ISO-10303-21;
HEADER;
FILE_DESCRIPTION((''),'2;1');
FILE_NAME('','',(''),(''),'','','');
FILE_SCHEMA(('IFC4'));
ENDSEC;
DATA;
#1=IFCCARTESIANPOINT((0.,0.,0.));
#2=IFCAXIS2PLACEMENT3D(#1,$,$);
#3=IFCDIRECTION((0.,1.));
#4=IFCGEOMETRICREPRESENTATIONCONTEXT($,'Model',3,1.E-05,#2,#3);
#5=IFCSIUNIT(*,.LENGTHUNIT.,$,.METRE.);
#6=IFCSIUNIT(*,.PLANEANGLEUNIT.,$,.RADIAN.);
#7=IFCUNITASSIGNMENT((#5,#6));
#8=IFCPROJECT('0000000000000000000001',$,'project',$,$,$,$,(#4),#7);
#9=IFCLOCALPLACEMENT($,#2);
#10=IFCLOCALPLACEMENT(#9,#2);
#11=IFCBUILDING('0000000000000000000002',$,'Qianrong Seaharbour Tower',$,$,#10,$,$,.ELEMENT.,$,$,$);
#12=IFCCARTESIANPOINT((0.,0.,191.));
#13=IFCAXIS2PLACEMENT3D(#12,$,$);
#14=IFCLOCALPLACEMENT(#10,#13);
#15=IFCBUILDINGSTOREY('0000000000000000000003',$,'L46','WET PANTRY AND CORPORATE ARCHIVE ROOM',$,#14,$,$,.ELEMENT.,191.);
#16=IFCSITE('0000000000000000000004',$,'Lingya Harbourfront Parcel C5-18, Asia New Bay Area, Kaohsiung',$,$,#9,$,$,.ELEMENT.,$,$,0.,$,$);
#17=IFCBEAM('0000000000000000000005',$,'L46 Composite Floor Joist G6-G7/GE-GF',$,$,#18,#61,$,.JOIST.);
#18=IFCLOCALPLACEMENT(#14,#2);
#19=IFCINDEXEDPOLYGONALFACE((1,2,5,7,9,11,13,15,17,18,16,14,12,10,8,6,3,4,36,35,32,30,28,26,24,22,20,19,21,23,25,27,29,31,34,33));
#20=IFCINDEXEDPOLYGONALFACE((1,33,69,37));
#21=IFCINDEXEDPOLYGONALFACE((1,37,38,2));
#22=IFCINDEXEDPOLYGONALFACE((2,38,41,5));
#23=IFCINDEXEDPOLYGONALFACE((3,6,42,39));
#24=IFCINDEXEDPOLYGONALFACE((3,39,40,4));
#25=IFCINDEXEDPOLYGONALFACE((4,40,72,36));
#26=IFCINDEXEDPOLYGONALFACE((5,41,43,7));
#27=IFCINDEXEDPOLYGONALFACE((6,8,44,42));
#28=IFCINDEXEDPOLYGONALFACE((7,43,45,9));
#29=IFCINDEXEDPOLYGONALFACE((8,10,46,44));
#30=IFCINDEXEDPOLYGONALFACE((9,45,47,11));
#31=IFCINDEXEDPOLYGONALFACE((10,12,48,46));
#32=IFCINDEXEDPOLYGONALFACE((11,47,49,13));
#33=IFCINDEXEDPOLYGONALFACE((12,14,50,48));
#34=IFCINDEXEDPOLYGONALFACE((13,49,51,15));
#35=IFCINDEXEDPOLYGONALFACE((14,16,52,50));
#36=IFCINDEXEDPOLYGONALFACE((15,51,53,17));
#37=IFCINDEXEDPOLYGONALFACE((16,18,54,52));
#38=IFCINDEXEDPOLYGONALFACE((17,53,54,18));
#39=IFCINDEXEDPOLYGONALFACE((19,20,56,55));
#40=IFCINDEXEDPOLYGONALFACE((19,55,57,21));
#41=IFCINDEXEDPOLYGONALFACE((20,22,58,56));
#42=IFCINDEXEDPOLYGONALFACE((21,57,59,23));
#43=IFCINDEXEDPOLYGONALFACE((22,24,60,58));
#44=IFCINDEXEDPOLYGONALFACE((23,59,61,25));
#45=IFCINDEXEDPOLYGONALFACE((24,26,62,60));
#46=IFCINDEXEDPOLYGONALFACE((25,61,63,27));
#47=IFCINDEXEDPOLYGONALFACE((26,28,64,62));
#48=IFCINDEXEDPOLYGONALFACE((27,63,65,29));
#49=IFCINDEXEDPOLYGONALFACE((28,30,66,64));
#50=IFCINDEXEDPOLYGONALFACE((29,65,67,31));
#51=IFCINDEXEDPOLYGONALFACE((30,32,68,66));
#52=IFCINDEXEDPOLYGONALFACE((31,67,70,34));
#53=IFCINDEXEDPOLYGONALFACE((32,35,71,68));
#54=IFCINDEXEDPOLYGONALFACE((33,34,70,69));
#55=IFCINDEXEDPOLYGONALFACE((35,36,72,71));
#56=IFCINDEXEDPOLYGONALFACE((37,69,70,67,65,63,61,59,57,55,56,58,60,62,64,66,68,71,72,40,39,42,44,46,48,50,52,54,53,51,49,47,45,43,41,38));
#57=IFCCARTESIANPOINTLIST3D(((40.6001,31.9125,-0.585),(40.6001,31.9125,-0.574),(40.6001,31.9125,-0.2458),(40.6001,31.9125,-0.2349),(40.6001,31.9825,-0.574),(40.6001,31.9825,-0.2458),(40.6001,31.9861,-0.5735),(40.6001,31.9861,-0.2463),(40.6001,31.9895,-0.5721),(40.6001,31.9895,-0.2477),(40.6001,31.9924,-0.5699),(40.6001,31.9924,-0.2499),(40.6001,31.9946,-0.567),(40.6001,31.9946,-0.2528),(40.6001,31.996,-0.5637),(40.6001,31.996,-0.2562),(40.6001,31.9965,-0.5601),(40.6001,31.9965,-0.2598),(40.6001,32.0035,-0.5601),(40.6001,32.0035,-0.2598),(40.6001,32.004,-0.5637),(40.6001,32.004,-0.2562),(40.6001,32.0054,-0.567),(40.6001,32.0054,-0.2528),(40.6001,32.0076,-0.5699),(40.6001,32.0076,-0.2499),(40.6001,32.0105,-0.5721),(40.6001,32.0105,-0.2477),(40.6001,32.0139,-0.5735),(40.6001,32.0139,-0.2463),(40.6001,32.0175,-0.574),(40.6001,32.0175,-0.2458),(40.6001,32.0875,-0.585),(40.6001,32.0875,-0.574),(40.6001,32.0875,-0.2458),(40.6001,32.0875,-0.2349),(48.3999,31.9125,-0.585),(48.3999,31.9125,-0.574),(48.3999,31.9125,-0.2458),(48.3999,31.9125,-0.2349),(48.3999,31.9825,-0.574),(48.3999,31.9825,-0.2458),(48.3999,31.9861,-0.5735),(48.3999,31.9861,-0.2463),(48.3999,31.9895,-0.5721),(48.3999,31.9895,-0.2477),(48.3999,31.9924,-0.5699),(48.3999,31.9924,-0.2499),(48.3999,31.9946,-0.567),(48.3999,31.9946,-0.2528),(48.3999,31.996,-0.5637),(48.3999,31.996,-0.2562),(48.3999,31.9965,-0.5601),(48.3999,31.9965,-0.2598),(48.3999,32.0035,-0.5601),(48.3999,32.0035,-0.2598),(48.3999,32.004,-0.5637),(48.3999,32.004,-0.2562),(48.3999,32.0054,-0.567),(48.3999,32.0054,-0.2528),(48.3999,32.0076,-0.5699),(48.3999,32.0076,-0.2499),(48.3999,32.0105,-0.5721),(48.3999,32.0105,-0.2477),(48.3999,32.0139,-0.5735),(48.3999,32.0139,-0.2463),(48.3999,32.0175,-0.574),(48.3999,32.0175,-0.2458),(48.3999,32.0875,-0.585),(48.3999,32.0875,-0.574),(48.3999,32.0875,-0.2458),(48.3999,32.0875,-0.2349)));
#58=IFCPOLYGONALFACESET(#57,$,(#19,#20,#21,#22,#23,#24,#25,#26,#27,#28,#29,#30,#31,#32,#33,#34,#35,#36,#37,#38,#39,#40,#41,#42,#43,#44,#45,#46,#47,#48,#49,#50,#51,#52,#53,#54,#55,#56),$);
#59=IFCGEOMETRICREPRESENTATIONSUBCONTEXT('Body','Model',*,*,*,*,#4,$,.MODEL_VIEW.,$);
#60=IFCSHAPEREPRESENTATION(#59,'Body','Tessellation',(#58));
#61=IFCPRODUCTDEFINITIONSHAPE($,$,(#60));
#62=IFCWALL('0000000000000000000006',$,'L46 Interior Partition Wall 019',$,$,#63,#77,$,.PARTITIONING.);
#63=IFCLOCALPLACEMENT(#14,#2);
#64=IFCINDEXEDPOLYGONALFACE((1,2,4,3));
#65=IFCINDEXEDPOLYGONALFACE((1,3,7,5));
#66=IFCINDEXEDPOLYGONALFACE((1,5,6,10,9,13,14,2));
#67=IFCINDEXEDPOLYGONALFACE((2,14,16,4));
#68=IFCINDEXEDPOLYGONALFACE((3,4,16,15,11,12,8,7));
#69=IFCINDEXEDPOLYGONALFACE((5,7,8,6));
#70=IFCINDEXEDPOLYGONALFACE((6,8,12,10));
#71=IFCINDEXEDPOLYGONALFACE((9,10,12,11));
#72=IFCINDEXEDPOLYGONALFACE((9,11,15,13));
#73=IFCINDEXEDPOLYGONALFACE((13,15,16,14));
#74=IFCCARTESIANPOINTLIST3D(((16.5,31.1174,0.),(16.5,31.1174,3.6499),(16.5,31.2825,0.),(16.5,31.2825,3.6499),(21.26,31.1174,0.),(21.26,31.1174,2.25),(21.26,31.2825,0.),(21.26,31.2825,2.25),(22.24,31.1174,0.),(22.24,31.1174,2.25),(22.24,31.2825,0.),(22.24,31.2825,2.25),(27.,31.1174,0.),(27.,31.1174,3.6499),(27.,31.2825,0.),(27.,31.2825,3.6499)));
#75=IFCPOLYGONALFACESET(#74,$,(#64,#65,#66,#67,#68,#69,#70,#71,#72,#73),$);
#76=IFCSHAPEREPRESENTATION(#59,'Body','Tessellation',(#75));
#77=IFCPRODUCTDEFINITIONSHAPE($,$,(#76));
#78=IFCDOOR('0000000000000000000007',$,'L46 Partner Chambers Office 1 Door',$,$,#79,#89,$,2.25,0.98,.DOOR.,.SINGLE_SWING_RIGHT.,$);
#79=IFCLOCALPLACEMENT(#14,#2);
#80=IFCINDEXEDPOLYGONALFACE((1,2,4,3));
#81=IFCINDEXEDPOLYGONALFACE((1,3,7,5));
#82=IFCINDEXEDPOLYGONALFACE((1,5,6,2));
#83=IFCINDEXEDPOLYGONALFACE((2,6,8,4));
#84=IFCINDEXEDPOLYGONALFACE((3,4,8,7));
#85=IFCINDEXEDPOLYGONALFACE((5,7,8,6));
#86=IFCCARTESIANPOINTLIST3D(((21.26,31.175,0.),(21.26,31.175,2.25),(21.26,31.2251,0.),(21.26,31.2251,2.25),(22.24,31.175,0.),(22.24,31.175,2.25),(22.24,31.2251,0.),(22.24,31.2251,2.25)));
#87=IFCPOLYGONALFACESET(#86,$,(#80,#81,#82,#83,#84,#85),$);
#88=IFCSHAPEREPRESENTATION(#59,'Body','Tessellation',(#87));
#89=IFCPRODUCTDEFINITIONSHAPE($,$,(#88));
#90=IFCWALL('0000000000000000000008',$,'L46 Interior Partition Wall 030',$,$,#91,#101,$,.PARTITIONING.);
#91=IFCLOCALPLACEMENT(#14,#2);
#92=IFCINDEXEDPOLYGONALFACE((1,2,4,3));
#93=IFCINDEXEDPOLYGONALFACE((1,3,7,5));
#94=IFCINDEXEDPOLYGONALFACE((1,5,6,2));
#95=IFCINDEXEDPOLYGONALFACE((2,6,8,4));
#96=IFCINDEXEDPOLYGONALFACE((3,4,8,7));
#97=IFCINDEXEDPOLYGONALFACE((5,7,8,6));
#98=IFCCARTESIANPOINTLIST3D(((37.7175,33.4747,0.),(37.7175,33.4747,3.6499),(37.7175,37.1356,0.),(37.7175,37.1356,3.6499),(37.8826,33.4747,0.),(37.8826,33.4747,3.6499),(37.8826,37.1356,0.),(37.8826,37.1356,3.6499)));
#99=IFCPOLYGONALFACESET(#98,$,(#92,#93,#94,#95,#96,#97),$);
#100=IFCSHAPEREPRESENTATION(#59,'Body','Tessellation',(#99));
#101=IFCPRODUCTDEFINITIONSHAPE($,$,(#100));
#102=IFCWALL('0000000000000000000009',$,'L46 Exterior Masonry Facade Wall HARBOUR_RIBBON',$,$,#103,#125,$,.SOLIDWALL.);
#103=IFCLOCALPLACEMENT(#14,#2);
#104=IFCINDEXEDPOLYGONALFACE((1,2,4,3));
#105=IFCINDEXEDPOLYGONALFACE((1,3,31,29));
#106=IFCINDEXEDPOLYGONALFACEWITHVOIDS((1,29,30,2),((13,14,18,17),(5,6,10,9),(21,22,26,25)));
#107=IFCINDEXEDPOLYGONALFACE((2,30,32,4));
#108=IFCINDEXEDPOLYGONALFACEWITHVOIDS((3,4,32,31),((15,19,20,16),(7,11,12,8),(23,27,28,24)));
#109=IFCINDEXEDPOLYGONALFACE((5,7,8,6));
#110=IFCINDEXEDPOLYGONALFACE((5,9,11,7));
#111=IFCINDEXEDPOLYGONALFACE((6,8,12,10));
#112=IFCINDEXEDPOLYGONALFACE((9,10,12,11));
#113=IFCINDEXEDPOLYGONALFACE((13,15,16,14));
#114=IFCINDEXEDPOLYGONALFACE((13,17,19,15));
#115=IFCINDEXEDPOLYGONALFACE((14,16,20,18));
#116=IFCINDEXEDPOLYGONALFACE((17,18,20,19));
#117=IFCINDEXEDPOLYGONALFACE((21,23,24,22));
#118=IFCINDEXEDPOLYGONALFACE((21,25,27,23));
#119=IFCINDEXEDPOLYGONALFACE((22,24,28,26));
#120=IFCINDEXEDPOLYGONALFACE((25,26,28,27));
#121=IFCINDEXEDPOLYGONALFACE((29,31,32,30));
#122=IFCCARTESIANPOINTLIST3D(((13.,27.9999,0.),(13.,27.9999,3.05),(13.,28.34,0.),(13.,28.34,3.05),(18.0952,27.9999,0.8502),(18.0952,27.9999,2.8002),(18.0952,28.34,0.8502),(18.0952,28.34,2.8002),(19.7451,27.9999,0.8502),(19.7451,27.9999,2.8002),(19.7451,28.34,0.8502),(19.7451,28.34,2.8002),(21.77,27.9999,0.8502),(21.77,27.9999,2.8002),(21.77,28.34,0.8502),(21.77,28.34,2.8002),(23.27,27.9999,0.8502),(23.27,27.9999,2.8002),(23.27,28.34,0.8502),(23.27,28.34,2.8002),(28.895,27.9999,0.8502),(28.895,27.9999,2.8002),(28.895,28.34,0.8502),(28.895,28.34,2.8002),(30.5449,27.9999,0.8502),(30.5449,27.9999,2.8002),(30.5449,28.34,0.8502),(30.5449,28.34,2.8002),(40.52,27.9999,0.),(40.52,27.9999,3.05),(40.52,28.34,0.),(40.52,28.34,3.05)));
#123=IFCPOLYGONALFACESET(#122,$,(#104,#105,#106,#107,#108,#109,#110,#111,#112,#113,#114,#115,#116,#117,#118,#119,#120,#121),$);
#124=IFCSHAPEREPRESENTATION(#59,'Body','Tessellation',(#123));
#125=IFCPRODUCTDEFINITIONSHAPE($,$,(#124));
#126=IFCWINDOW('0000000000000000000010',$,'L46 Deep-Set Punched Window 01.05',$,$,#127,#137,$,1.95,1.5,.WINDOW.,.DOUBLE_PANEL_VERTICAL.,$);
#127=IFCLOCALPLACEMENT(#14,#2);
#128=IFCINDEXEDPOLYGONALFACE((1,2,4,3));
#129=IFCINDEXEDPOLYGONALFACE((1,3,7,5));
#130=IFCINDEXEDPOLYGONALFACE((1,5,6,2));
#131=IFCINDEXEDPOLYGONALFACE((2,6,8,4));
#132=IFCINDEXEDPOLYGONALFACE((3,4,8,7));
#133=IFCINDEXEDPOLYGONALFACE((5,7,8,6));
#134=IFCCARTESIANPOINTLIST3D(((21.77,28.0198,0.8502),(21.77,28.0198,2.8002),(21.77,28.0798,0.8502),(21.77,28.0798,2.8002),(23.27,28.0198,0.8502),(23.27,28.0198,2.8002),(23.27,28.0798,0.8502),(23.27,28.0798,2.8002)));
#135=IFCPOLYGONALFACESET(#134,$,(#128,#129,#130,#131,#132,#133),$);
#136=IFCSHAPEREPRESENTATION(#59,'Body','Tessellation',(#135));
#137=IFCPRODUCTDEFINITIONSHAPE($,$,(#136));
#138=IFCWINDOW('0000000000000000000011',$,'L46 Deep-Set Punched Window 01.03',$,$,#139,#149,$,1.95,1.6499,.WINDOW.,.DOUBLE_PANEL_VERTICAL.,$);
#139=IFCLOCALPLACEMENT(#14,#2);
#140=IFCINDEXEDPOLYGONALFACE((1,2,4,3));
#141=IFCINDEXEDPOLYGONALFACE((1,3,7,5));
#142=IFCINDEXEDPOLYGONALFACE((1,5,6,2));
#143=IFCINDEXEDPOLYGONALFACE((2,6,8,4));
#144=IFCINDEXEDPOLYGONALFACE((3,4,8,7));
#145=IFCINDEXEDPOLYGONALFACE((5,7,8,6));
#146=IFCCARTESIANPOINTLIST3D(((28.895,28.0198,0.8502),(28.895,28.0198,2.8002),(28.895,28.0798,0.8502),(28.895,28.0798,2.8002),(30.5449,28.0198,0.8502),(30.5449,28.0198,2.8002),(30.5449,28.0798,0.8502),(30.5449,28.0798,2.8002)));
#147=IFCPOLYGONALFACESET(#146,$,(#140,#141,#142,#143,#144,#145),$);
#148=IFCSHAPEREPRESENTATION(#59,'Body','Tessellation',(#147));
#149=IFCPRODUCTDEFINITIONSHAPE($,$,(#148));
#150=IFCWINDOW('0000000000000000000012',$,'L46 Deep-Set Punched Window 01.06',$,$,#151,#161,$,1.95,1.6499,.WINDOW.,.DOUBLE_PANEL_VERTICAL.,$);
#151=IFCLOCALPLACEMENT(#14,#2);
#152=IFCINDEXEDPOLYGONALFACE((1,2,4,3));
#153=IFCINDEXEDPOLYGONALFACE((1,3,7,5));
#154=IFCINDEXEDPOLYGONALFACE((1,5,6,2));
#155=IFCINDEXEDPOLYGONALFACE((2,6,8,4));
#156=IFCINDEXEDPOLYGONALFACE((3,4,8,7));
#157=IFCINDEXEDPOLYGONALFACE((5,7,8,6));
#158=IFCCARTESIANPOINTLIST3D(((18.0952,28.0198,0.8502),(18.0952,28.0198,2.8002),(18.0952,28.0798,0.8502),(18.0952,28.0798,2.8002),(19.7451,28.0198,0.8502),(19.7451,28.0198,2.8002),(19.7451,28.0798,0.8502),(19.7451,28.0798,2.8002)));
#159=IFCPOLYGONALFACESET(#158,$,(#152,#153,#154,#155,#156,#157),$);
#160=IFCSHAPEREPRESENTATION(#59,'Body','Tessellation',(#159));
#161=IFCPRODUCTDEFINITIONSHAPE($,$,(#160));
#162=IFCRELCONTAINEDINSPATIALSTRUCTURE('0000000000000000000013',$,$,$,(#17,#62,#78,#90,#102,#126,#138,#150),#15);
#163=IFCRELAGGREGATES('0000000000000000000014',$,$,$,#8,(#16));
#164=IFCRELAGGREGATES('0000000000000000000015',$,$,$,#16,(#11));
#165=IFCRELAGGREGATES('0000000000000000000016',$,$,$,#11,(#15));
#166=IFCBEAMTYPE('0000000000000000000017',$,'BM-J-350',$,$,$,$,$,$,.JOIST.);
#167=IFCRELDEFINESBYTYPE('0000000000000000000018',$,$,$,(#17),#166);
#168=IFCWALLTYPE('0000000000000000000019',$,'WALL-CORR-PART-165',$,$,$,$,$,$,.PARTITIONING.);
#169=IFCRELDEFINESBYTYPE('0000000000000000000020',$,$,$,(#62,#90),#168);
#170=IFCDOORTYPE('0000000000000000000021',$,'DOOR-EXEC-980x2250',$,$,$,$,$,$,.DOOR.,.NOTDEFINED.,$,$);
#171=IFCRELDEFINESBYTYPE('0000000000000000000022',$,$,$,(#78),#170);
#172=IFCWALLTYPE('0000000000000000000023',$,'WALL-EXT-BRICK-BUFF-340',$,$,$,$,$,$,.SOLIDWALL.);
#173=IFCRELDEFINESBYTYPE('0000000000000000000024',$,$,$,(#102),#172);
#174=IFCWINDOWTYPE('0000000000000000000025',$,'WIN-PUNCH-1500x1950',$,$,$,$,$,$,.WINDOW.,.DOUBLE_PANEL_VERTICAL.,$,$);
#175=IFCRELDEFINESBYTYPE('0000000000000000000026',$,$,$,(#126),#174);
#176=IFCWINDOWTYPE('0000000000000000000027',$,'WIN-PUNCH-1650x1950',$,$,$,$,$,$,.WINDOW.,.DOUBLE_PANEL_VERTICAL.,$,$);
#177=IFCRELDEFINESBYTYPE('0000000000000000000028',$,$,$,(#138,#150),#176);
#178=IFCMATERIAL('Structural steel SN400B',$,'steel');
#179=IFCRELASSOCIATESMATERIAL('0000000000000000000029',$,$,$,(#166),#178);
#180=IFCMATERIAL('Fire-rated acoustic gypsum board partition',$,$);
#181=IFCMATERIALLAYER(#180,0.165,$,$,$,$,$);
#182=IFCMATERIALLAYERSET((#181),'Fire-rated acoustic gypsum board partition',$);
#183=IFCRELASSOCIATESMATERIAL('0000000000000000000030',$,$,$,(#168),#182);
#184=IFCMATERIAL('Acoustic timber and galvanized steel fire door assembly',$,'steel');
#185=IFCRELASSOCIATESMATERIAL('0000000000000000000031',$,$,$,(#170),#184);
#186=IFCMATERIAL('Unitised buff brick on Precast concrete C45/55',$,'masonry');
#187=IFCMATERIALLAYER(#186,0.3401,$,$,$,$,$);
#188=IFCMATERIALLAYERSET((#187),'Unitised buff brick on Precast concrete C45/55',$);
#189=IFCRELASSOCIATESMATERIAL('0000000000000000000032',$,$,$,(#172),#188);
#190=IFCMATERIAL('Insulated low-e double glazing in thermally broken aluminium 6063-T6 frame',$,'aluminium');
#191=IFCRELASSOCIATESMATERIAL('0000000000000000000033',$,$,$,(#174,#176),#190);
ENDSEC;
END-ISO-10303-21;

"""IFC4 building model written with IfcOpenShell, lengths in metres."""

from ifc_helpers import new_model, si_unit, direction, frame, frame_2d, origin, origin_2d, place, context, subcontext, project, spatial, rectangle, i_section, extrude, material, layer, layer_set, material_profile, profile_set, type_object, element, fill, save


model = new_model("IFC4")

# Units and contexts
model_context = context("Model", 3, precision=1e-05, world=origin(), true_north=direction((0.0, 1.0)))
body_context = subcontext(model_context, "Body", "Model", "MODEL_VIEW")
ifc_project = project(units=[si_unit("LENGTHUNIT", "METRE"), si_unit("PLANEANGLEUNIT", "RADIAN")], contexts=[model_context])

# Site, building, storey
site_placement = place(None, origin())
site = spatial("IfcSite", under=ifc_project, at=site_placement, Name="Lingya Harbourfront Parcel C5-18, Asia New Bay Area, Kaohsiung", CompositionType="ELEMENT", RefElevation=0.0)
building_placement = place(site_placement, origin())
building = spatial("IfcBuilding", under=site, at=building_placement, Name="Qianrong Seaharbour Tower", CompositionType="ELEMENT")
storey_placement = place(building_placement, frame((0.0, 0.0, 191.0)))
storey = spatial("IfcBuildingStorey", under=building, at=storey_placement, Name="L46", Description="WET PANTRY AND CORPORATE ARCHIVE ROOM", CompositionType="ELEMENT", Elevation=191.0)

# Beam
ifc_material_1 = material(Name="Structural steel SN400B", Category="steel")
ifc_material_profile_1 = material_profile(ifc_material_1, i_section(OverallWidth=0.175, OverallDepth=0.3501, WebThickness=0.0071, FlangeThickness=0.011, FilletRadius=0.0139, at=origin_2d()), Name="H350x175x7x11")
ifc_profile_set_1 = profile_set([ifc_material_profile_1], Name="Structural steel SN400B")
beam_type_1 = type_object("IfcBeamType", Name="BM-J-350", PredefinedType="JOIST", material=ifc_profile_set_1)
for number, where, z_axis, x_axis, name in (
    (1, (40.6001, 32.0, -0.4099), (1.0, 0.0, 0.0), (0.0, 1.0, 0.0), "L46 Composite Floor Joist G6-G7/GE-GF"),
):
    element("IfcBeam", number, at=place(storey_placement, frame(where, z_axis=z_axis, x_axis=x_axis)), inside=storey, type_object=beam_type_1, Name=name, PredefinedType="JOIST", context=body_context, shape_type="SweptSolid", body=[
        extrude(i_section(OverallWidth=0.175, OverallDepth=0.3501, WebThickness=0.0071, FlangeThickness=0.011, FilletRadius=0.0139, at=origin_2d()), origin(), (0.0, 0.0, 1.0), 7.7998),
    ])

# Wall, opening, door
ifc_material_2 = material(Name="Fire-rated acoustic gypsum board partition")
ifc_layer_1 = layer(ifc_material_2, 0.165)
ifc_layer_set_1 = layer_set([ifc_layer_1], Name="Fire-rated acoustic gypsum board partition")
wall_type_1 = type_object("IfcWallType", Name="WALL-CORR-PART-165", PredefinedType="PARTITIONING", material=ifc_layer_set_1)
wall_1_placement = place(storey_placement, frame((27.0, 31.2, 0.0), z_axis=(0.0, 0.0, 1.0), x_axis=(-1.0, 0.0, 0.0)))
wall_1 = element("IfcWall", 2, at=wall_1_placement, inside=storey, type_object=wall_type_1, Name="L46 Interior Partition Wall 019", PredefinedType="PARTITIONING", context=body_context, shape_type="SweptSolid", body=[
    extrude(rectangle(XDim=10.5, YDim=0.165, at=frame_2d((5.25, 0.0))), origin(), (0.0, 0.0, 1.0), 3.6499),
])
opening_1_placement = place(wall_1_placement, frame((4.76, 0.0, 0.0)))
opening_1 = element("IfcOpeningElement", 3, at=opening_1_placement, cuts=wall_1, PredefinedType="OPENING", context=body_context, shape_type="SweptSolid", body=[
    extrude(rectangle(XDim=0.98, YDim=2.25, at=frame_2d((0.49, 1.125))), frame((0.0, 0.0925, 0.0), z_axis=(0.0, -1.0, 0.0), x_axis=(1.0, 0.0, 0.0)), (0.0, 0.0, 1.0), 0.1851),
])
ifc_material_3 = material(Name="Acoustic timber and galvanized steel fire door assembly", Category="steel")
door_type_1 = type_object("IfcDoorType", Name="DOOR-EXEC-980x2250", OperationType="NOTDEFINED", PredefinedType="DOOR", material=ifc_material_3)
door_1_placement = place(opening_1_placement, origin())
door_1 = element("IfcDoor", 4, at=door_1_placement, inside=storey, type_object=door_type_1, Name="L46 Partner Chambers Office 1 Door", OperationType="SINGLE_SWING_RIGHT", OverallHeight=2.25, OverallWidth=0.98, PredefinedType="DOOR", context=body_context, shape_type="SweptSolid", body=[
    extrude(rectangle(XDim=0.98, YDim=2.25, at=frame_2d((0.49, 1.125))), frame((0.0, 0.0249, 0.0), z_axis=(0.0, -1.0, 0.0), x_axis=(1.0, 0.0, 0.0)), (0.0, 0.0, 1.0), 0.05),
])
fill(opening_1, door_1)

# Wall
wall_2_placement = place(storey_placement, frame((37.8, 33.4746, 0.0), z_axis=(0.0, 0.0, 1.0), x_axis=(0.0, 1.0, 0.0)))
element("IfcWall", 5, at=wall_2_placement, inside=storey, type_object=wall_type_1, Name="L46 Interior Partition Wall 030", PredefinedType="PARTITIONING", context=body_context, shape_type="SweptSolid", body=[
    extrude(rectangle(XDim=3.6609, YDim=0.165, at=frame_2d((1.8306, 0.0))), origin(), (0.0, 0.0, 1.0), 3.6499),
])

# Wall, openings, windows
ifc_material_4 = material(Name="Unitised buff brick on Precast concrete C45/55", Category="masonry")
ifc_layer_2 = layer(ifc_material_4, 0.3401)
ifc_layer_set_2 = layer_set([ifc_layer_2], Name="Unitised buff brick on Precast concrete C45/55")
wall_type_2 = type_object("IfcWallType", Name="WALL-EXT-BRICK-BUFF-340", PredefinedType="SOLIDWALL", material=ifc_layer_set_2)
wall_3_placement = place(storey_placement, frame((40.52, 28.1699, 0.0), z_axis=(0.0, 0.0, 1.0), x_axis=(-1.0, 0.0, 0.0)))
wall_3 = element("IfcWall", 6, at=wall_3_placement, inside=storey, type_object=wall_type_2, Name="L46 Exterior Masonry Facade Wall HARBOUR_RIBBON", PredefinedType="SOLIDWALL", context=body_context, shape_type="SweptSolid", body=[
    extrude(rectangle(XDim=27.52, YDim=0.3401, at=frame_2d((13.76, 0.0))), origin(), (0.0, 0.0, 1.0), 3.05),
])
opening_2_placement = place(wall_3_placement, frame((9.9751, 0.0, 0.8501)))
opening_2 = element("IfcOpeningElement", 7, at=opening_2_placement, cuts=wall_3, PredefinedType="OPENING", context=body_context, shape_type="SweptSolid", body=[
    extrude(rectangle(XDim=1.6499, YDim=1.95, at=frame_2d((0.825, 0.9751))), frame((0.0, 0.1802, 0.0), z_axis=(0.0, -1.0, 0.0), x_axis=(1.0, 0.0, 0.0)), (0.0, 0.0, 1.0), 0.3601),
])
opening_3_placement = place(wall_3_placement, frame((17.25, 0.0, 0.8501)))
opening_3 = element("IfcOpeningElement", 8, at=opening_3_placement, cuts=wall_3, PredefinedType="OPENING", context=body_context, shape_type="SweptSolid", body=[
    extrude(rectangle(XDim=1.5, YDim=1.95, at=frame_2d((0.75, 0.9751))), frame((0.0, 0.1802, 0.0), z_axis=(0.0, -1.0, 0.0), x_axis=(1.0, 0.0, 0.0)), (0.0, 0.0, 1.0), 0.3601),
])
opening_4_placement = place(wall_3_placement, frame((20.7749, 0.0, 0.8501)))
opening_4 = element("IfcOpeningElement", 9, at=opening_4_placement, cuts=wall_3, PredefinedType="OPENING", context=body_context, shape_type="SweptSolid", body=[
    extrude(rectangle(XDim=1.6499, YDim=1.95, at=frame_2d((0.825, 0.9751))), frame((0.0, 0.1802, 0.0), z_axis=(0.0, -1.0, 0.0), x_axis=(1.0, 0.0, 0.0)), (0.0, 0.0, 1.0), 0.3601),
])
ifc_material_5 = material(Name="Insulated low-e double glazing in thermally broken aluminium 6063-T6 frame", Category="aluminium")
window_type_1 = type_object("IfcWindowType", Name="WIN-PUNCH-1500x1950", PartitioningType="DOUBLE_PANEL_VERTICAL", PredefinedType="WINDOW", material=ifc_material_5)
window_1_placement = place(opening_3_placement, origin())
window_1 = element("IfcWindow", 10, at=window_1_placement, inside=storey, type_object=window_type_1, Name="L46 Deep-Set Punched Window 01.05", OverallHeight=1.95, OverallWidth=1.5, PartitioningType="DOUBLE_PANEL_VERTICAL", PredefinedType="WINDOW", context=body_context, shape_type="SweptSolid", body=[
    extrude(rectangle(XDim=1.5, YDim=1.95, at=frame_2d((0.75, 0.9751))), frame((0.0, 0.1501, 0.0), z_axis=(0.0, -1.0, 0.0), x_axis=(1.0, 0.0, 0.0)), (0.0, 0.0, 1.0), 0.0601),
])
fill(opening_3, window_1)
window_type_2 = type_object("IfcWindowType", Name="WIN-PUNCH-1650x1950", PartitioningType="DOUBLE_PANEL_VERTICAL", PredefinedType="WINDOW", material=ifc_material_5)
window_2_placement = place(opening_2_placement, origin())
window_2 = element("IfcWindow", 11, at=window_2_placement, inside=storey, type_object=window_type_2, Name="L46 Deep-Set Punched Window 01.03", OverallHeight=1.95, OverallWidth=1.6499, PartitioningType="DOUBLE_PANEL_VERTICAL", PredefinedType="WINDOW", context=body_context, shape_type="SweptSolid", body=[
    extrude(rectangle(XDim=1.6499, YDim=1.95, at=frame_2d((0.825, 0.9751))), frame((0.0, 0.1501, 0.0), z_axis=(0.0, -1.0, 0.0), x_axis=(1.0, 0.0, 0.0)), (0.0, 0.0, 1.0), 0.0601),
])
fill(opening_2, window_2)
window_3_placement = place(opening_4_placement, origin())
window_3 = element("IfcWindow", 12, at=window_3_placement, inside=storey, type_object=window_type_2, Name="L46 Deep-Set Punched Window 01.06", OverallHeight=1.95, OverallWidth=1.6499, PartitioningType="DOUBLE_PANEL_VERTICAL", PredefinedType="WINDOW", context=body_context, shape_type="SweptSolid", body=[
    extrude(rectangle(XDim=1.6499, YDim=1.95, at=frame_2d((0.825, 0.9751))), frame((0.0, 0.1501, 0.0), z_axis=(0.0, -1.0, 0.0), x_axis=(1.0, 0.0, 0.0)), (0.0, 0.0, 1.0), 0.0601),
])
fill(opening_4, window_3)

save(model, "model.ifc")
